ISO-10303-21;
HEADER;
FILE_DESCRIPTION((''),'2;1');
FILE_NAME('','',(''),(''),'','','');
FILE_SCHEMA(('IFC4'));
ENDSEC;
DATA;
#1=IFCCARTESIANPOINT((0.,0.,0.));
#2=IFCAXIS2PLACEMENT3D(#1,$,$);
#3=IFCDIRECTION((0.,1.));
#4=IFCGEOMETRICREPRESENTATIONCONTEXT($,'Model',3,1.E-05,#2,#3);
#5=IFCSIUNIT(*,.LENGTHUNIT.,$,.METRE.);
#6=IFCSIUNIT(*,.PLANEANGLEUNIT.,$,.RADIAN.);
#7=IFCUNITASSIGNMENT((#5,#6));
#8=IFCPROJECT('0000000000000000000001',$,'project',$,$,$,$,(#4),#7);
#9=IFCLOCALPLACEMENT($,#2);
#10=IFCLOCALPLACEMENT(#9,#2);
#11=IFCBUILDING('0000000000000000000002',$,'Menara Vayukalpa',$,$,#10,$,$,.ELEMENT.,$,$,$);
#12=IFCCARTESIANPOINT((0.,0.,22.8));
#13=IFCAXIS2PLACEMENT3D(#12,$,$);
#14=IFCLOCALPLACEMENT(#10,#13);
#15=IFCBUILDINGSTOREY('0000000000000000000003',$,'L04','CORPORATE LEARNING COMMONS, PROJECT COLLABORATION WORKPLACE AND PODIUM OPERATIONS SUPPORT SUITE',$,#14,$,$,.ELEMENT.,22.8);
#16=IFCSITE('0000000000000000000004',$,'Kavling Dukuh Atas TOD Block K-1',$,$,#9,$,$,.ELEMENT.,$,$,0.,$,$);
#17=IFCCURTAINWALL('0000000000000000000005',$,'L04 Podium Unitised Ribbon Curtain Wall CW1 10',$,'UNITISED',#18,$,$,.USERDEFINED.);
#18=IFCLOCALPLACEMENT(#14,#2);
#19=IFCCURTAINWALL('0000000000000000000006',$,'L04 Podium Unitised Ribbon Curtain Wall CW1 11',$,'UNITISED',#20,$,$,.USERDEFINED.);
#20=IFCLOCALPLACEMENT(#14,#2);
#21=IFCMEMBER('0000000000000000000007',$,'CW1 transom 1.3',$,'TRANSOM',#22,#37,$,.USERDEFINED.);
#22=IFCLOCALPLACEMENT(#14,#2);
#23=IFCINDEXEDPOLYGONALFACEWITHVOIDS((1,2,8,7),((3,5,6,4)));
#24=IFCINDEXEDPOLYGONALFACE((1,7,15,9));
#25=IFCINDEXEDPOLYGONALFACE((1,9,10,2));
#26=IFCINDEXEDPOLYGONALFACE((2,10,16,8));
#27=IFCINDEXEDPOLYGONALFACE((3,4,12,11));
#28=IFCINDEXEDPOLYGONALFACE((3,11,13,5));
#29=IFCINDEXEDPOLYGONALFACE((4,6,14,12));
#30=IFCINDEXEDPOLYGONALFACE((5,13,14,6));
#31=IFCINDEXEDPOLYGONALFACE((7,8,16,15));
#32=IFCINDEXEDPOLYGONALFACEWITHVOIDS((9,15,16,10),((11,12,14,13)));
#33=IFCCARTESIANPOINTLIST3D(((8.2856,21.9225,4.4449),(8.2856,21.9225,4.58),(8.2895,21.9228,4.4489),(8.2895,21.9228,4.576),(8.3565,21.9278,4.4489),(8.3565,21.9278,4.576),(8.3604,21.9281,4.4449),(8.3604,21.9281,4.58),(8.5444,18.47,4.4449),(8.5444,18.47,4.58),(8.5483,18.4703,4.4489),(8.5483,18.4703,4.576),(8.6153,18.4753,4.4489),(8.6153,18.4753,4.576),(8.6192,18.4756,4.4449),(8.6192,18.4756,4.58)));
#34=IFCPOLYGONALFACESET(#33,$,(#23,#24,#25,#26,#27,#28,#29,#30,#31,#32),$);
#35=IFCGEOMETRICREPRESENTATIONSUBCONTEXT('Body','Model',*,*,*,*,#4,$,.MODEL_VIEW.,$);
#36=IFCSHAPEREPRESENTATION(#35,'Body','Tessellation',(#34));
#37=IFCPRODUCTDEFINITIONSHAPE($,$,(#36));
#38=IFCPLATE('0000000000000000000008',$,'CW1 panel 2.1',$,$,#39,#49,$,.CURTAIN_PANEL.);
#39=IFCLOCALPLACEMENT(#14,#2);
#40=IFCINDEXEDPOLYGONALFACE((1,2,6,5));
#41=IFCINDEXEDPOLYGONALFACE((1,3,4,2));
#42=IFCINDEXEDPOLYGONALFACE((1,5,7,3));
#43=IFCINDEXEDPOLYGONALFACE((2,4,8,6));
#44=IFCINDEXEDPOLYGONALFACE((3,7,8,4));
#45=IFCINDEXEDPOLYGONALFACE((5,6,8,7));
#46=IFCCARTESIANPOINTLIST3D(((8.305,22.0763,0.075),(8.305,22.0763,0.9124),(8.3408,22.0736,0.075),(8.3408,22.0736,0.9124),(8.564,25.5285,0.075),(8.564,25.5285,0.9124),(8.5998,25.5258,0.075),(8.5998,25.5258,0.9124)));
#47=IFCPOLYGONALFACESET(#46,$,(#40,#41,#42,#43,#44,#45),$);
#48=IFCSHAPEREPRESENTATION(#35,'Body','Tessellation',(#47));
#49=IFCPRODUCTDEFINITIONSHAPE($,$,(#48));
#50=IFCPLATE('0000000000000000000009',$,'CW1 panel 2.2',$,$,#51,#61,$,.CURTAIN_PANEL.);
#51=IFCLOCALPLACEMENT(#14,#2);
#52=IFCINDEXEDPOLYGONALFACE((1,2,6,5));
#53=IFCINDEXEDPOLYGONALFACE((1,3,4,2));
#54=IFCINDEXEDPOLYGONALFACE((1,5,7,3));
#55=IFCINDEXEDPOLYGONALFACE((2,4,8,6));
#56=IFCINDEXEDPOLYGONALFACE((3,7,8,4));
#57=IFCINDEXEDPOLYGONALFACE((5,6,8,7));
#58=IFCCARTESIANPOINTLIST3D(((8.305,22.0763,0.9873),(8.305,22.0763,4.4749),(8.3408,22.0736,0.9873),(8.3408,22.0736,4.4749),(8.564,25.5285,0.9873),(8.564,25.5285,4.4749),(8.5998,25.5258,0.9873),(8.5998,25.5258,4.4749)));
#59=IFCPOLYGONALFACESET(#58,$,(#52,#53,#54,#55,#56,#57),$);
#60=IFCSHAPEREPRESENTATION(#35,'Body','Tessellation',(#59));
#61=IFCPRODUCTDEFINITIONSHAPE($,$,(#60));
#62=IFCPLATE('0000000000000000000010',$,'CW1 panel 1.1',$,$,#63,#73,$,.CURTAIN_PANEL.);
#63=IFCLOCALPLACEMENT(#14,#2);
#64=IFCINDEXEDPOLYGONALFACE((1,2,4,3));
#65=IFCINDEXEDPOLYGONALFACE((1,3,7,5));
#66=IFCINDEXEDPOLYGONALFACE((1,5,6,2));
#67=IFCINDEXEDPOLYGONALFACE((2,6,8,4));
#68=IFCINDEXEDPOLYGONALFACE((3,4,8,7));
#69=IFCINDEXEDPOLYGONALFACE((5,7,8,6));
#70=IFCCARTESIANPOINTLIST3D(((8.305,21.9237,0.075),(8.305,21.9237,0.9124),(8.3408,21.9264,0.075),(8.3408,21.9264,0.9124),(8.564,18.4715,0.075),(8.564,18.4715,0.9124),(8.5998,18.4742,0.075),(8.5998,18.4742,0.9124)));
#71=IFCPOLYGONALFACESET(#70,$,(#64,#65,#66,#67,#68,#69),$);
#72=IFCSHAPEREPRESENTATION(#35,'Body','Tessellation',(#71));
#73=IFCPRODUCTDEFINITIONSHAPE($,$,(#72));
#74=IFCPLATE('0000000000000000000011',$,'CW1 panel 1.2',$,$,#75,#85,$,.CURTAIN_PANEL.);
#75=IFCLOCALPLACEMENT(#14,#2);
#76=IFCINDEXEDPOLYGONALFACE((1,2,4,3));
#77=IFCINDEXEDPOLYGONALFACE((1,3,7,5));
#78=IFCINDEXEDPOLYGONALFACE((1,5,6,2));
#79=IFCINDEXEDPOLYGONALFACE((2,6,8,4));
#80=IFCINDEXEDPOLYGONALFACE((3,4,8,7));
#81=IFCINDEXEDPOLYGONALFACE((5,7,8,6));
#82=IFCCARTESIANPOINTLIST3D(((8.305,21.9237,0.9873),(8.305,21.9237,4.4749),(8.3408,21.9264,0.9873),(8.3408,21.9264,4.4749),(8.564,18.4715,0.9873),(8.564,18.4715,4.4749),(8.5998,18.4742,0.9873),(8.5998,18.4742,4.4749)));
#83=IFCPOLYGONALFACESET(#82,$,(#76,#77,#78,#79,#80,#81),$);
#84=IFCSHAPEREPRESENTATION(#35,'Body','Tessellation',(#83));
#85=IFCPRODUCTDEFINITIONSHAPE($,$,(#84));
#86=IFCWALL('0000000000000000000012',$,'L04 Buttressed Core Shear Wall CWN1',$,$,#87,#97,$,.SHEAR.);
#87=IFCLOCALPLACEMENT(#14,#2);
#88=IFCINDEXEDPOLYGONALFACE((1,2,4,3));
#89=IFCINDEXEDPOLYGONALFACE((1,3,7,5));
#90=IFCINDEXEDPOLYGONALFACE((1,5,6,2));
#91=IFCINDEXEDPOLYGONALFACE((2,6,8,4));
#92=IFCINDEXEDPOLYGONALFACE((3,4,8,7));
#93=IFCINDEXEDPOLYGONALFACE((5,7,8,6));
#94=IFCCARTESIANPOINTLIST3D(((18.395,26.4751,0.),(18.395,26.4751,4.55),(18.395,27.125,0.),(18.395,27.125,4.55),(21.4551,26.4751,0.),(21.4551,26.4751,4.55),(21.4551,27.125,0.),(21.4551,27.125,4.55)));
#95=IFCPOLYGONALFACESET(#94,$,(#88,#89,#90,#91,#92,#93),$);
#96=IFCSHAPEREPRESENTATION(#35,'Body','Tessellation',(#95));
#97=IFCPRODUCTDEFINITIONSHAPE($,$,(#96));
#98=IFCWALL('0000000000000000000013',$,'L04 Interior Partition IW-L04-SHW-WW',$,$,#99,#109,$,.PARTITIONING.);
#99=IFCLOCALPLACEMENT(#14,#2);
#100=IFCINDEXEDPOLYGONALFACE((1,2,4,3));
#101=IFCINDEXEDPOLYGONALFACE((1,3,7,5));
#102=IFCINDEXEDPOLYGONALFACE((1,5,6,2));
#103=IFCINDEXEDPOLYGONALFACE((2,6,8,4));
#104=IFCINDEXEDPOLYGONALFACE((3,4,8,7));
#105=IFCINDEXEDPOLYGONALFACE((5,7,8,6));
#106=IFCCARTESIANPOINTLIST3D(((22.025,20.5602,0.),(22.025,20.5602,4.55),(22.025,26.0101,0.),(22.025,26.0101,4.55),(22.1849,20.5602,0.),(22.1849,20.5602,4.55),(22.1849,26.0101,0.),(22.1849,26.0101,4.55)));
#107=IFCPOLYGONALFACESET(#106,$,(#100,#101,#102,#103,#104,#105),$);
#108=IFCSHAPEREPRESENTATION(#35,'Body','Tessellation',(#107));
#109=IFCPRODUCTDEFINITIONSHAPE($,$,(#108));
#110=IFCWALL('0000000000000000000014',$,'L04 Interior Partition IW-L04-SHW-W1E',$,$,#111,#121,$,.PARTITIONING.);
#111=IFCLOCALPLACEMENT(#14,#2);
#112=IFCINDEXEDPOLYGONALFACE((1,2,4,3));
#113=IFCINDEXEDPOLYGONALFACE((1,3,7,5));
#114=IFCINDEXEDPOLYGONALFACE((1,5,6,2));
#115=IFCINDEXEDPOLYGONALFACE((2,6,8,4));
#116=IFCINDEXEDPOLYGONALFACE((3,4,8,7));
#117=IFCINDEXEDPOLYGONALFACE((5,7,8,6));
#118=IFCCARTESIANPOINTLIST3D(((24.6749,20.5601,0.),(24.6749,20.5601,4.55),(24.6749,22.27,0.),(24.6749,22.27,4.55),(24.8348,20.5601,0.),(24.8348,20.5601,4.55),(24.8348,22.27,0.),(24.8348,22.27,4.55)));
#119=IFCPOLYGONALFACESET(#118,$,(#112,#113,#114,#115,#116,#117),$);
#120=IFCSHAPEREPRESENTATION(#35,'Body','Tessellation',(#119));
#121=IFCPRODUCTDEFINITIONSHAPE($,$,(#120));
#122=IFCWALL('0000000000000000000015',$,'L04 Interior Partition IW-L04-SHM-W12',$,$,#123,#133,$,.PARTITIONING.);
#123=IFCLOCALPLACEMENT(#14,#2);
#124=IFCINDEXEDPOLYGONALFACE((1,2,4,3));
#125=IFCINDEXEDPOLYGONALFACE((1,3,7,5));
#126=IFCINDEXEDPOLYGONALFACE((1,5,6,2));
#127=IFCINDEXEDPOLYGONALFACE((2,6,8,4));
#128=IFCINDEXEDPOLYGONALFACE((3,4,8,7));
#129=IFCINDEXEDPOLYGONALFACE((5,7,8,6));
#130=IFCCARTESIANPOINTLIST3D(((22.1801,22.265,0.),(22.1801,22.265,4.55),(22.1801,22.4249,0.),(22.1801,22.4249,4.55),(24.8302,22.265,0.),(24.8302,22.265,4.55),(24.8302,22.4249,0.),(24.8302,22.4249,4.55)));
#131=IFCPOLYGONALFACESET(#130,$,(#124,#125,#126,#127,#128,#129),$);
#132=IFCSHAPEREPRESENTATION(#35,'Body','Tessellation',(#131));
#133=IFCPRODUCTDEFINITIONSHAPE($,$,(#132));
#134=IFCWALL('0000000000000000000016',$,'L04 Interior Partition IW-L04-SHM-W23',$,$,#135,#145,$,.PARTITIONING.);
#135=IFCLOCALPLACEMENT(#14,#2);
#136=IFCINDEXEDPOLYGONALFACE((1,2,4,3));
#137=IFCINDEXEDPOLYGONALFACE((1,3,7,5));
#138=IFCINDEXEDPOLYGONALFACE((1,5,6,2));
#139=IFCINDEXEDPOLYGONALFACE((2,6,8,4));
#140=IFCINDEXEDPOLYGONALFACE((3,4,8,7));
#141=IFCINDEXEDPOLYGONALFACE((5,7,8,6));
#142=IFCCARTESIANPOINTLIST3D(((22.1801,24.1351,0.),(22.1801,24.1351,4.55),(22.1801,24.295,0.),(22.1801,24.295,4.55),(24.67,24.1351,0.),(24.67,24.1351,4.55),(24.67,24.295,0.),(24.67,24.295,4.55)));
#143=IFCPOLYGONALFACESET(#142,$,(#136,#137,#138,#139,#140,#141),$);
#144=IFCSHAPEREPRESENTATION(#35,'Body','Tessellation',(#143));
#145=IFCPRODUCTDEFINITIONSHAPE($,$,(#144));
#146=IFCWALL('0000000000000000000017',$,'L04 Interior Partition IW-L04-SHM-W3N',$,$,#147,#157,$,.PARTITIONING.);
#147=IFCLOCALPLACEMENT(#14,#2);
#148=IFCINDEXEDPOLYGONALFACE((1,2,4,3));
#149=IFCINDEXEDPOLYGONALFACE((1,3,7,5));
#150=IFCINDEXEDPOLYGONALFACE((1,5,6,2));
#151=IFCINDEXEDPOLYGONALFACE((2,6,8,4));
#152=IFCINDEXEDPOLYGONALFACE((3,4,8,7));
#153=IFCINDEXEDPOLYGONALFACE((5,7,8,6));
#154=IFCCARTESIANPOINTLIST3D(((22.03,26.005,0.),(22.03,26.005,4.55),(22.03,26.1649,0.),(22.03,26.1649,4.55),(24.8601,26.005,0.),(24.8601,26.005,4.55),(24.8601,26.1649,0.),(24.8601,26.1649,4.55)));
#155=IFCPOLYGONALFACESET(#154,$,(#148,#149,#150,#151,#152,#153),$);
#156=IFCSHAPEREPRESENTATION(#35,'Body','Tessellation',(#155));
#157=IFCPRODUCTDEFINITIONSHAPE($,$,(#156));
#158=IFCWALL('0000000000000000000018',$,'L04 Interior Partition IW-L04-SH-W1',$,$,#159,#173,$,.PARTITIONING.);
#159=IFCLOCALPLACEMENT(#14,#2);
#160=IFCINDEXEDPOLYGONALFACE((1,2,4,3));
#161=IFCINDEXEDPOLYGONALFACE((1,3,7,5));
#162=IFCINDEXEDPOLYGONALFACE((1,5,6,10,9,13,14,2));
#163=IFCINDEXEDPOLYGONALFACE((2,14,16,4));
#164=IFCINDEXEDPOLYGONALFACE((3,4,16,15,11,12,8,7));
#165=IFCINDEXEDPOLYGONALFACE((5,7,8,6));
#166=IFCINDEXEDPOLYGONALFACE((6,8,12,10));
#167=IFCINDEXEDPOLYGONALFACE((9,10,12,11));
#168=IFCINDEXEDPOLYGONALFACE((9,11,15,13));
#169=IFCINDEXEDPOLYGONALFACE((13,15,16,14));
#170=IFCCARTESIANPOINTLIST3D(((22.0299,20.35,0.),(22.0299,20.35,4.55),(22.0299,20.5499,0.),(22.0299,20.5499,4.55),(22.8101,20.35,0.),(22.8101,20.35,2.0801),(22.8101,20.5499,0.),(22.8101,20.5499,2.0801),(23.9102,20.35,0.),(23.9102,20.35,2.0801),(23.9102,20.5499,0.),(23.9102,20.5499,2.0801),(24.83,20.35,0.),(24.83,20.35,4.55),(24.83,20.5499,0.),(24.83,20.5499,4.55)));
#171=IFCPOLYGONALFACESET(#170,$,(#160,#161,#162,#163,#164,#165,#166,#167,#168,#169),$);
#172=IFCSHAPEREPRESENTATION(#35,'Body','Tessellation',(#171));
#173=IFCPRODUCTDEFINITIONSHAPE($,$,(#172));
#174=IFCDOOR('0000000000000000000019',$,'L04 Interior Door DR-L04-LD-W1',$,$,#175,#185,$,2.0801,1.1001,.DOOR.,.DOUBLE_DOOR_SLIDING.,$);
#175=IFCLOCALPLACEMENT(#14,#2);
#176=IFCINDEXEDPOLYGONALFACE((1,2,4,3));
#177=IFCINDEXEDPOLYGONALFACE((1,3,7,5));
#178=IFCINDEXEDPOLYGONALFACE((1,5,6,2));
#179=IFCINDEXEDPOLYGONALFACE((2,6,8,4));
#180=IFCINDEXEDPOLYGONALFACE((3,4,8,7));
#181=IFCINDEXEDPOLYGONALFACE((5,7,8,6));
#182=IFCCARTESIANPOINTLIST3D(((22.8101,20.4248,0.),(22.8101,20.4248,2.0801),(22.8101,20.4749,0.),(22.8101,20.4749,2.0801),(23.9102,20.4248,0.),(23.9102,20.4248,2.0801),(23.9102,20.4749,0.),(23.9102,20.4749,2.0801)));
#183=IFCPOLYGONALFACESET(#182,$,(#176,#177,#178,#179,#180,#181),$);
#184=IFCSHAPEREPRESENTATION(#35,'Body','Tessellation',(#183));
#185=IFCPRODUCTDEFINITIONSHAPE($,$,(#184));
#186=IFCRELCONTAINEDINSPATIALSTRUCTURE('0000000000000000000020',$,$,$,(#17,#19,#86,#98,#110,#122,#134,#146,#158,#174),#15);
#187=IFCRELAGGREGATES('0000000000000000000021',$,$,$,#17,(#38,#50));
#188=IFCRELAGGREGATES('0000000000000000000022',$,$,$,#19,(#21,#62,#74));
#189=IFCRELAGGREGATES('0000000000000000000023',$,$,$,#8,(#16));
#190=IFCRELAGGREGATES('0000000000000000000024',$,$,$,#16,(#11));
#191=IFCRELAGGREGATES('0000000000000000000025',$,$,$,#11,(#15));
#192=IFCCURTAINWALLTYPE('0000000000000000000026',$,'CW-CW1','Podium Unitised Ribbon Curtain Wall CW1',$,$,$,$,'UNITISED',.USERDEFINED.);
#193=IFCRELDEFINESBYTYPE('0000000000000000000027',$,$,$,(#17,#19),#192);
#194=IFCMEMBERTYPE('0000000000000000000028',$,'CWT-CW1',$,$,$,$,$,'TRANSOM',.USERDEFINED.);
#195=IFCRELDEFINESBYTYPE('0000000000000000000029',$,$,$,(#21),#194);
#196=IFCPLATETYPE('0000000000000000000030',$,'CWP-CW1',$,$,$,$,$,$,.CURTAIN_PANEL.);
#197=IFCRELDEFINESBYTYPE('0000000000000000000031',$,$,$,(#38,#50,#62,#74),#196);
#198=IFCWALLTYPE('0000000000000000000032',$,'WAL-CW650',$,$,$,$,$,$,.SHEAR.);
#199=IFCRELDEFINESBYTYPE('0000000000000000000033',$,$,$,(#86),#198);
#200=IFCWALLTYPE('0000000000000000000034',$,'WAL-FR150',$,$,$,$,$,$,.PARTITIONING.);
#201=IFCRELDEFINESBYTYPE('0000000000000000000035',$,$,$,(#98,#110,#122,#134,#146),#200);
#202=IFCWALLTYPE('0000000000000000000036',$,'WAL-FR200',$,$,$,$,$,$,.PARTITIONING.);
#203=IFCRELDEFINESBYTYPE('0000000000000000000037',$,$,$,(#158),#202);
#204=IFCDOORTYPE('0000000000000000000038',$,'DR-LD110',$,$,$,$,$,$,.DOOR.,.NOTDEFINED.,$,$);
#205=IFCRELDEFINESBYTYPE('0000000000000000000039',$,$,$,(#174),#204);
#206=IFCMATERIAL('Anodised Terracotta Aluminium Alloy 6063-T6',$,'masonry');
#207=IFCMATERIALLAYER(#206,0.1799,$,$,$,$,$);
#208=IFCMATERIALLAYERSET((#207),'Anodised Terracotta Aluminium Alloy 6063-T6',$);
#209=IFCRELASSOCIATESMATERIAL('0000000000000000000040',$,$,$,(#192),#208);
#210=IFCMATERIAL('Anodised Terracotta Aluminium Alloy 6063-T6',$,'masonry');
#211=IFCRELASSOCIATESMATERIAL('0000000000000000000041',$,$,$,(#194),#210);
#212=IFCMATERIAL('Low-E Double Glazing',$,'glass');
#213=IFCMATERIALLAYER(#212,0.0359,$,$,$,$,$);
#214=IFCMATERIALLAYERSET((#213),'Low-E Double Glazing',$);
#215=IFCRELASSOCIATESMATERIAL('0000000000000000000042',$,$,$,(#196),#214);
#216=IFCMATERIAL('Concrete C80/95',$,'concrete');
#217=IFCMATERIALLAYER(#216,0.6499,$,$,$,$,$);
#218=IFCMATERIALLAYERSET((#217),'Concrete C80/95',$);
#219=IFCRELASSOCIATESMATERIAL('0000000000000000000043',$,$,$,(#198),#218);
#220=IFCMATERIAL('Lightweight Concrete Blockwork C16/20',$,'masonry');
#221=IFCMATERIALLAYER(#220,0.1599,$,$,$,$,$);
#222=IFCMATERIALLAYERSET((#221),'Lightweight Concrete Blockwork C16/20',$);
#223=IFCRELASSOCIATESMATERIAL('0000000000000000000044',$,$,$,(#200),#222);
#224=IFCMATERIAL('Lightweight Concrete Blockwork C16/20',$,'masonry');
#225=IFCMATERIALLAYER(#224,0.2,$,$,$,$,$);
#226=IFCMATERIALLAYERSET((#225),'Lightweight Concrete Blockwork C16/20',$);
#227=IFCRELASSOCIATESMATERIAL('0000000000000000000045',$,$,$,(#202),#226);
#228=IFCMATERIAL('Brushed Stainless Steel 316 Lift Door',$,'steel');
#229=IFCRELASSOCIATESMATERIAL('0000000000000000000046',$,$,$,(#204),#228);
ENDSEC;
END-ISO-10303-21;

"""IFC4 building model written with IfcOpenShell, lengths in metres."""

from ifc_helpers import new_model, si_unit, direction, frame, frame_2d, origin, origin_2d, place, context, subcontext, project, spatial, rectangle, hollow_rectangle, extrude, material, layer, layer_set, material_profile, profile_set, type_object, element, fill, aggregate, save


model = new_model("IFC4")

# Units and contexts
model_context = context("Model", 3, precision=1e-05, world=origin(), true_north=direction((0.0, 1.0)))
body_context = subcontext(model_context, "Body", "Model", "MODEL_VIEW")
ifc_project = project(units=[si_unit("LENGTHUNIT", "METRE"), si_unit("PLANEANGLEUNIT", "RADIAN")], contexts=[model_context])

# Site, building, storey
site_placement = place(None, origin())
site = spatial("IfcSite", under=ifc_project, at=site_placement, Name="Kavling Dukuh Atas TOD Block K-1", CompositionType="ELEMENT", RefElevation=0.0)
building_placement = place(site_placement, origin())
building = spatial("IfcBuilding", under=site, at=building_placement, Name="Menara Vayukalpa", CompositionType="ELEMENT")
storey_placement = place(building_placement, frame((0.0, 0.0, 22.8)))
storey = spatial("IfcBuildingStorey", under=building, at=storey_placement, Name="L04", Description="CORPORATE LEARNING COMMONS, PROJECT COLLABORATION WORKPLACE AND PODIUM OPERATIONS SUPPORT SUITE", CompositionType="ELEMENT", Elevation=22.8)

# Curtain wall
ifc_material_1 = material(Name="Anodised Terracotta Aluminium Alloy 6063-T6", Category="masonry")
ifc_layer_1 = layer(ifc_material_1, 0.1799)
ifc_layer_set_1 = layer_set([ifc_layer_1], Name="Anodised Terracotta Aluminium Alloy 6063-T6")
curtain_wall_type = type_object("IfcCurtainWallType", Name="CW-CW1", Description="Podium Unitised Ribbon Curtain Wall CW1", ElementType="UNITISED", PredefinedType="USERDEFINED", material=ifc_layer_set_1)
curtain_wall_1_placement = place(storey_placement, origin())
curtain_wall_1 = element("IfcCurtainWall", 1, at=curtain_wall_1_placement, inside=storey, type_object=curtain_wall_type, Name="L04 Podium Unitised Ribbon Curtain Wall CW1 10", ObjectType="UNITISED", PredefinedType="USERDEFINED")

# Curtain wall
curtain_wall_2_placement = place(storey_placement, origin())
curtain_wall_2 = element("IfcCurtainWall", 2, at=curtain_wall_2_placement, inside=storey, type_object=curtain_wall_type, Name="L04 Podium Unitised Ribbon Curtain Wall CW1 11", ObjectType="UNITISED", PredefinedType="USERDEFINED")

# Member
ifc_material_2 = material(Name="Anodised Terracotta Aluminium Alloy 6063-T6", Category="masonry")
ifc_material_profile_1 = material_profile(ifc_material_2, hollow_rectangle(XDim=0.075, YDim=0.135, WallThickness=0.0039, at=origin_2d()), Name="ALU 75x135x4")
ifc_profile_set_1 = profile_set([ifc_material_profile_1], Name="Anodised Terracotta Aluminium Alloy 6063-T6")
member_type_1 = type_object("IfcMemberType", Name="CWT-CW1", ElementType="TRANSOM", PredefinedType="USERDEFINED", material=ifc_profile_set_1)
member_1_placement = place(storey_placement, frame((8.323, 21.9253, 4.5125), z_axis=(0.07475, -0.997202, 0.0), x_axis=(0.997202, 0.07475, 0.0)))
member_1 = element("IfcMember", 3, at=member_1_placement, type_object=member_type_1, Name="CW1 transom 1.3", ObjectType="TRANSOM", PredefinedType="USERDEFINED", context=body_context, shape_type="SweptSolid", body=[
    extrude(hollow_rectangle(XDim=0.075, YDim=0.135, WallThickness=0.0039, at=origin_2d()), origin(), (0.0, 0.0, 1.0), 3.4622),
])

# Plates
ifc_material_3 = material(Name="Low-E Double Glazing", Category="glass")
ifc_layer_2 = layer(ifc_material_3, 0.0359)
ifc_layer_set_2 = layer_set([ifc_layer_2], Name="Low-E Double Glazing")
plate_type = type_object("IfcPlateType", Name="CWP-CW1", PredefinedType="CURTAIN_PANEL", material=ifc_layer_set_2)
plate_1_placement = place(storey_placement, frame((8.4524, 23.801, 0.075), z_axis=(0.0, 0.0, 1.0), x_axis=(-0.074794, -0.997199, 0.0)))
plate_1 = element("IfcPlate", 4, at=plate_1_placement, type_object=plate_type, Name="CW1 panel 2.1", PredefinedType="CURTAIN_PANEL", context=body_context, shape_type="SweptSolid", body=[
    extrude(rectangle(XDim=3.4619, YDim=0.0359, at=origin_2d()), origin(), (0.0, 0.0, 1.0), 0.8374),
])
plate_2_placement = place(storey_placement, frame((8.4524, 23.801, 0.9873), z_axis=(0.0, 0.0, 1.0), x_axis=(-0.074794, -0.997199, 0.0)))
plate_2 = element("IfcPlate", 5, at=plate_2_placement, type_object=plate_type, Name="CW1 panel 2.2", PredefinedType="CURTAIN_PANEL", context=body_context, shape_type="SweptSolid", body=[
    extrude(rectangle(XDim=3.4619, YDim=0.0359, at=origin_2d()), origin(), (0.0, 0.0, 1.0), 3.4875),
])
aggregate(curtain_wall_1, [plate_1, plate_2])
plate_3_placement = place(storey_placement, frame((8.4524, 20.199, 0.075), z_axis=(0.0, 0.0, 1.0), x_axis=(0.074794, -0.997199, 0.0)))
plate_3 = element("IfcPlate", 6, at=plate_3_placement, type_object=plate_type, Name="CW1 panel 1.1", PredefinedType="CURTAIN_PANEL", context=body_context, shape_type="SweptSolid", body=[
    extrude(rectangle(XDim=3.4619, YDim=0.0359, at=origin_2d()), origin(), (0.0, 0.0, 1.0), 0.8374),
])
plate_4_placement = place(storey_placement, frame((8.4524, 20.199, 0.9873), z_axis=(0.0, 0.0, 1.0), x_axis=(0.074794, -0.997199, 0.0)))
plate_4 = element("IfcPlate", 7, at=plate_4_placement, type_object=plate_type, Name="CW1 panel 1.2", PredefinedType="CURTAIN_PANEL", context=body_context, shape_type="SweptSolid", body=[
    extrude(rectangle(XDim=3.4619, YDim=0.0359, at=origin_2d()), origin(), (0.0, 0.0, 1.0), 3.4875),
])
aggregate(curtain_wall_2, [member_1, plate_3, plate_4])

# Walls
ifc_material_4 = material(Name="Concrete C80/95", Category="concrete")
ifc_layer_3 = layer(ifc_material_4, 0.6499)
ifc_layer_set_3 = layer_set([ifc_layer_3], Name="Concrete C80/95")
wall_type_1 = type_object("IfcWallType", Name="WAL-CW650", PredefinedType="SHEAR", material=ifc_layer_set_3)
wall_1_placement = place(storey_placement, frame((18.395, 26.8, 0.0), z_axis=(0.0, 0.0, 1.0), x_axis=(1.0, 0.0, 0.0)))
element("IfcWall", 8, at=wall_1_placement, inside=storey, type_object=wall_type_1, Name="L04 Buttressed Core Shear Wall CWN1", PredefinedType="SHEAR", context=body_context, shape_type="SweptSolid", body=[
    extrude(rectangle(XDim=3.0601, YDim=0.6499, at=frame_2d((1.53, 0.0))), origin(), (0.0, 0.0, 1.0), 4.55),
])
ifc_material_5 = material(Name="Lightweight Concrete Blockwork C16/20", Category="masonry")
ifc_layer_4 = layer(ifc_material_5, 0.1599)
ifc_layer_set_4 = layer_set([ifc_layer_4], Name="Lightweight Concrete Blockwork C16/20")
wall_type_2 = type_object("IfcWallType", Name="WAL-FR150", PredefinedType="PARTITIONING", material=ifc_layer_set_4)
wall_2_placement = place(storey_placement, frame((22.105, 20.5601, 0.0), z_axis=(0.0, 0.0, 1.0), x_axis=(0.0, 1.0, 0.0)))
element("IfcWall", 9, at=wall_2_placement, inside=storey, type_object=wall_type_2, Name="L04 Interior Partition IW-L04-SHW-WW", PredefinedType="PARTITIONING", context=body_context, shape_type="SweptSolid", body=[
    extrude(rectangle(XDim=5.45, YDim=0.1599, at=frame_2d((2.7251, 0.0))), origin(), (0.0, 0.0, 1.0), 4.55),
])
wall_3_placement = place(storey_placement, frame((24.7549, 20.5601, 0.0), z_axis=(0.0, 0.0, 1.0), x_axis=(0.0, 1.0, 0.0)))
element("IfcWall", 10, at=wall_3_placement, inside=storey, type_object=wall_type_2, Name="L04 Interior Partition IW-L04-SHW-W1E", PredefinedType="PARTITIONING", context=body_context, shape_type="SweptSolid", body=[
    extrude(rectangle(XDim=1.71, YDim=0.1599, at=frame_2d((0.855, 0.0))), origin(), (0.0, 0.0, 1.0), 4.55),
])
wall_4_placement = place(storey_placement, frame((22.1799, 22.345, 0.0), z_axis=(0.0, 0.0, 1.0), x_axis=(1.0, 0.0, 0.0)))
element("IfcWall", 11, at=wall_4_placement, inside=storey, type_object=wall_type_2, Name="L04 Interior Partition IW-L04-SHM-W12", PredefinedType="PARTITIONING", context=body_context, shape_type="SweptSolid", body=[
    extrude(rectangle(XDim=2.6501, YDim=0.1599, at=frame_2d((1.3252, 0.0))), origin(), (0.0, 0.0, 1.0), 4.55),
])
wall_5_placement = place(storey_placement, frame((22.1799, 24.2151, 0.0), z_axis=(0.0, 0.0, 1.0), x_axis=(1.0, 0.0, 0.0)))
element("IfcWall", 12, at=wall_5_placement, inside=storey, type_object=wall_type_2, Name="L04 Interior Partition IW-L04-SHM-W23", PredefinedType="PARTITIONING", context=body_context, shape_type="SweptSolid", body=[
    extrude(rectangle(XDim=2.49, YDim=0.1599, at=frame_2d((1.2451, 0.0))), origin(), (0.0, 0.0, 1.0), 4.55),
])
wall_6_placement = place(storey_placement, frame((22.03, 26.085, 0.0), z_axis=(0.0, 0.0, 1.0), x_axis=(1.0, 0.0, 0.0)))
element("IfcWall", 13, at=wall_6_placement, inside=storey, type_object=wall_type_2, Name="L04 Interior Partition IW-L04-SHM-W3N", PredefinedType="PARTITIONING", context=body_context, shape_type="SweptSolid", body=[
    extrude(rectangle(XDim=2.8301, YDim=0.1599, at=frame_2d((1.415, 0.0))), origin(), (0.0, 0.0, 1.0), 4.55),
])

# Wall, opening, door
ifc_material_6 = material(Name="Lightweight Concrete Blockwork C16/20", Category="masonry")
ifc_layer_5 = layer(ifc_material_6, 0.2)
ifc_layer_set_5 = layer_set([ifc_layer_5], Name="Lightweight Concrete Blockwork C16/20")
wall_type_3 = type_object("IfcWallType", Name="WAL-FR200", PredefinedType="PARTITIONING", material=ifc_layer_set_5)
wall_7_placement = place(storey_placement, frame((22.03, 20.45, 0.0), z_axis=(0.0, 0.0, 1.0), x_axis=(1.0, 0.0, 0.0)))
wall_7 = element("IfcWall", 14, at=wall_7_placement, inside=storey, type_object=wall_type_3, Name="L04 Interior Partition IW-L04-SH-W1", PredefinedType="PARTITIONING", context=body_context, shape_type="SweptSolid", body=[
    extrude(rectangle(XDim=2.8, YDim=0.2, at=frame_2d((1.3999, 0.0))), origin(), (0.0, 0.0, 1.0), 4.55),
])
opening_1_placement = place(wall_7_placement, frame((0.78, 0.0, 0.0)))
opening_1 = element("IfcOpeningElement", 15, at=opening_1_placement, cuts=wall_7, PredefinedType="OPENING", context=body_context, shape_type="SweptSolid", body=[
    extrude(rectangle(XDim=1.1001, YDim=2.0801, at=frame_2d((0.55, 1.04))), frame((0.0, 0.1099, 0.0), z_axis=(0.0, -1.0, 0.0), x_axis=(1.0, 0.0, 0.0)), (0.0, 0.0, 1.0), 0.22),
])
ifc_material_7 = material(Name="Brushed Stainless Steel 316 Lift Door", Category="steel")
door_type_1 = type_object("IfcDoorType", Name="DR-LD110", OperationType="NOTDEFINED", PredefinedType="DOOR", material=ifc_material_7)
door_1_placement = place(opening_1_placement, origin())
door_1 = element("IfcDoor", 16, at=door_1_placement, inside=storey, type_object=door_type_1, Name="L04 Interior Door DR-L04-LD-W1", OperationType="DOUBLE_DOOR_SLIDING", OverallHeight=2.0801, OverallWidth=1.1001, PredefinedType="DOOR", context=body_context, shape_type="SweptSolid", body=[
    extrude(rectangle(XDim=1.1001, YDim=2.0801, at=frame_2d((0.55, 1.04))), frame((0.0, 0.0249, 0.0), z_axis=(0.0, -1.0, 0.0), x_axis=(1.0, 0.0, 0.0)), (0.0, 0.0, 1.0), 0.05),
])
fill(opening_1, door_1)

save(model, "model.ifc")
